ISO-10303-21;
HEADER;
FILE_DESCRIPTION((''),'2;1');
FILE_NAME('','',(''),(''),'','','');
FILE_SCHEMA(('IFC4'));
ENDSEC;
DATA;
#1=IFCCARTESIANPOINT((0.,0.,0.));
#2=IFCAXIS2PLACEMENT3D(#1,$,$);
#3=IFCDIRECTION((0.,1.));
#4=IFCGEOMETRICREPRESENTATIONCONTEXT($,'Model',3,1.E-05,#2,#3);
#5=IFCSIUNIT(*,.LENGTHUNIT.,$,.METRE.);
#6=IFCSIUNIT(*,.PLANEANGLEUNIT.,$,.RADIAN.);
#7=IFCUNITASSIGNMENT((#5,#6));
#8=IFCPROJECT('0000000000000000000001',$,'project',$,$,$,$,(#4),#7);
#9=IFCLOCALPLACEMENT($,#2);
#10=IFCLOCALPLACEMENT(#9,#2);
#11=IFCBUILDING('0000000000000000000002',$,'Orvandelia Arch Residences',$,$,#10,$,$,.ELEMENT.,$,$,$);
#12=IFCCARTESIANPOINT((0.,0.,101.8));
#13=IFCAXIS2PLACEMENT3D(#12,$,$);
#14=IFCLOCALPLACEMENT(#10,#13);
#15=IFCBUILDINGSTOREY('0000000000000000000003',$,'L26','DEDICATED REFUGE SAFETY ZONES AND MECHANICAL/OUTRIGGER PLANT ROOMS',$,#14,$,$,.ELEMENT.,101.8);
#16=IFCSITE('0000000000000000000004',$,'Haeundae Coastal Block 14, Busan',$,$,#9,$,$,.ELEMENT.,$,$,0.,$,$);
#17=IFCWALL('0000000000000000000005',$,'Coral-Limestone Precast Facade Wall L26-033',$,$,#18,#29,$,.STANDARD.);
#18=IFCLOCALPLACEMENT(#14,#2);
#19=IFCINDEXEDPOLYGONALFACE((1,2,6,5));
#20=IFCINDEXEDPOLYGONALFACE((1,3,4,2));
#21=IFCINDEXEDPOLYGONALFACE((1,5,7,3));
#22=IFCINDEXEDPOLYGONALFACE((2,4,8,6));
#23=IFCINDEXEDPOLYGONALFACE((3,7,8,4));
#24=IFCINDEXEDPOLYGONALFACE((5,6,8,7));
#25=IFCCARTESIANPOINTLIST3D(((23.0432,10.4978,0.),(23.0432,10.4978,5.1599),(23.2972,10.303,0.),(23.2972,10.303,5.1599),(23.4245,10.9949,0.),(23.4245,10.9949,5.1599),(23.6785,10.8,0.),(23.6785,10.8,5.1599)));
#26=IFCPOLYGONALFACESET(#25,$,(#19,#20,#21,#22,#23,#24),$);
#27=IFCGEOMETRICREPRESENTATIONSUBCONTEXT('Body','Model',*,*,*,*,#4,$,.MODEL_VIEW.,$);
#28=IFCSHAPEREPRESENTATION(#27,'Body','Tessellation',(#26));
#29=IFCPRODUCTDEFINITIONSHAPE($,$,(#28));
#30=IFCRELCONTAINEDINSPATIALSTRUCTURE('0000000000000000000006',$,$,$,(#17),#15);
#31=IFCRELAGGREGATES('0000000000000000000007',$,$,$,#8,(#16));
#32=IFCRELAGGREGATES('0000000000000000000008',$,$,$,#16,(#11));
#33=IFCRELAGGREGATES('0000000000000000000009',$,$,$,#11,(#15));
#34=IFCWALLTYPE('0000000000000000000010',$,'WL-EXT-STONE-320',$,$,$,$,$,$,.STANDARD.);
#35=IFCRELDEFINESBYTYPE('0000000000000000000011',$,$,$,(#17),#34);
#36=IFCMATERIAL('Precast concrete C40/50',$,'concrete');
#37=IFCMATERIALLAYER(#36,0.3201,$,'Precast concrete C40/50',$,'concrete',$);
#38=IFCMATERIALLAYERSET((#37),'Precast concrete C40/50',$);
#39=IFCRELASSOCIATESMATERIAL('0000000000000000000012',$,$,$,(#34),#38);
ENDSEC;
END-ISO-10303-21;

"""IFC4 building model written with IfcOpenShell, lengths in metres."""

from ifc_helpers import new_model, si_unit, direction, frame, frame_2d, origin, place, context, subcontext, project, spatial, rectangle, extrude, material, layer, layer_set, type_object, element, save


model = new_model("IFC4")

# Units and contexts
model_context = context("Model", 3, precision=1e-05, world=origin(), true_north=direction((0.0, 1.0)))
body_context = subcontext(model_context, "Body", "Model", "MODEL_VIEW")
ifc_project = project(units=[si_unit("LENGTHUNIT", "METRE"), si_unit("PLANEANGLEUNIT", "RADIAN")], contexts=[model_context])

# Site, building, storey
site_placement = place(None, origin())
site = spatial("IfcSite", under=ifc_project, at=site_placement, Name="Haeundae Coastal Block 14, Busan", CompositionType="ELEMENT", RefElevation=0.0)
building_placement = place(site_placement, origin())
building = spatial("IfcBuilding", under=site, at=building_placement, Name="Orvandelia Arch Residences", CompositionType="ELEMENT")
storey_placement = place(building_placement, frame((0.0, 0.0, 101.8)))
storey = spatial("IfcBuildingStorey", under=building, at=storey_placement, Name="L26", Description="DEDICATED REFUGE SAFETY ZONES AND MECHANICAL/OUTRIGGER PLANT ROOMS", CompositionType="ELEMENT", Elevation=101.8)

# Wall
ifc_material_1 = material(Name="Precast concrete C40/50", Category="concrete")
ifc_layer_1 = layer(ifc_material_1, 0.3201, Name="Precast concrete C40/50", Category="concrete")
ifc_layer_set_1 = layer_set([ifc_layer_1], Name="Precast concrete C40/50")
wall_type = type_object("IfcWallType", Name="WL-EXT-STONE-320", PredefinedType="STANDARD", material=ifc_layer_set_1)
for number, where, z_axis, x_axis, name in (
    (1, (23.5515, 10.8975, 0.0), (0.0, 0.0, 1.0), (-0.608693, -0.793406, 0.0), "Coral-Limestone Precast Facade Wall L26-033"),
):
    element("IfcWall", number, at=place(storey_placement, frame(where, z_axis=z_axis, x_axis=x_axis)), inside=storey, type_object=wall_type, Name=name, PredefinedType="STANDARD", context=body_context, shape_type="SweptSolid", body=[
        extrude(rectangle(XDim=0.6265, YDim=0.3201, at=frame_2d((0.3132, 0.0))), origin(), (0.0, 0.0, 1.0), 5.1599),
    ])

save(model, "model.ifc")
